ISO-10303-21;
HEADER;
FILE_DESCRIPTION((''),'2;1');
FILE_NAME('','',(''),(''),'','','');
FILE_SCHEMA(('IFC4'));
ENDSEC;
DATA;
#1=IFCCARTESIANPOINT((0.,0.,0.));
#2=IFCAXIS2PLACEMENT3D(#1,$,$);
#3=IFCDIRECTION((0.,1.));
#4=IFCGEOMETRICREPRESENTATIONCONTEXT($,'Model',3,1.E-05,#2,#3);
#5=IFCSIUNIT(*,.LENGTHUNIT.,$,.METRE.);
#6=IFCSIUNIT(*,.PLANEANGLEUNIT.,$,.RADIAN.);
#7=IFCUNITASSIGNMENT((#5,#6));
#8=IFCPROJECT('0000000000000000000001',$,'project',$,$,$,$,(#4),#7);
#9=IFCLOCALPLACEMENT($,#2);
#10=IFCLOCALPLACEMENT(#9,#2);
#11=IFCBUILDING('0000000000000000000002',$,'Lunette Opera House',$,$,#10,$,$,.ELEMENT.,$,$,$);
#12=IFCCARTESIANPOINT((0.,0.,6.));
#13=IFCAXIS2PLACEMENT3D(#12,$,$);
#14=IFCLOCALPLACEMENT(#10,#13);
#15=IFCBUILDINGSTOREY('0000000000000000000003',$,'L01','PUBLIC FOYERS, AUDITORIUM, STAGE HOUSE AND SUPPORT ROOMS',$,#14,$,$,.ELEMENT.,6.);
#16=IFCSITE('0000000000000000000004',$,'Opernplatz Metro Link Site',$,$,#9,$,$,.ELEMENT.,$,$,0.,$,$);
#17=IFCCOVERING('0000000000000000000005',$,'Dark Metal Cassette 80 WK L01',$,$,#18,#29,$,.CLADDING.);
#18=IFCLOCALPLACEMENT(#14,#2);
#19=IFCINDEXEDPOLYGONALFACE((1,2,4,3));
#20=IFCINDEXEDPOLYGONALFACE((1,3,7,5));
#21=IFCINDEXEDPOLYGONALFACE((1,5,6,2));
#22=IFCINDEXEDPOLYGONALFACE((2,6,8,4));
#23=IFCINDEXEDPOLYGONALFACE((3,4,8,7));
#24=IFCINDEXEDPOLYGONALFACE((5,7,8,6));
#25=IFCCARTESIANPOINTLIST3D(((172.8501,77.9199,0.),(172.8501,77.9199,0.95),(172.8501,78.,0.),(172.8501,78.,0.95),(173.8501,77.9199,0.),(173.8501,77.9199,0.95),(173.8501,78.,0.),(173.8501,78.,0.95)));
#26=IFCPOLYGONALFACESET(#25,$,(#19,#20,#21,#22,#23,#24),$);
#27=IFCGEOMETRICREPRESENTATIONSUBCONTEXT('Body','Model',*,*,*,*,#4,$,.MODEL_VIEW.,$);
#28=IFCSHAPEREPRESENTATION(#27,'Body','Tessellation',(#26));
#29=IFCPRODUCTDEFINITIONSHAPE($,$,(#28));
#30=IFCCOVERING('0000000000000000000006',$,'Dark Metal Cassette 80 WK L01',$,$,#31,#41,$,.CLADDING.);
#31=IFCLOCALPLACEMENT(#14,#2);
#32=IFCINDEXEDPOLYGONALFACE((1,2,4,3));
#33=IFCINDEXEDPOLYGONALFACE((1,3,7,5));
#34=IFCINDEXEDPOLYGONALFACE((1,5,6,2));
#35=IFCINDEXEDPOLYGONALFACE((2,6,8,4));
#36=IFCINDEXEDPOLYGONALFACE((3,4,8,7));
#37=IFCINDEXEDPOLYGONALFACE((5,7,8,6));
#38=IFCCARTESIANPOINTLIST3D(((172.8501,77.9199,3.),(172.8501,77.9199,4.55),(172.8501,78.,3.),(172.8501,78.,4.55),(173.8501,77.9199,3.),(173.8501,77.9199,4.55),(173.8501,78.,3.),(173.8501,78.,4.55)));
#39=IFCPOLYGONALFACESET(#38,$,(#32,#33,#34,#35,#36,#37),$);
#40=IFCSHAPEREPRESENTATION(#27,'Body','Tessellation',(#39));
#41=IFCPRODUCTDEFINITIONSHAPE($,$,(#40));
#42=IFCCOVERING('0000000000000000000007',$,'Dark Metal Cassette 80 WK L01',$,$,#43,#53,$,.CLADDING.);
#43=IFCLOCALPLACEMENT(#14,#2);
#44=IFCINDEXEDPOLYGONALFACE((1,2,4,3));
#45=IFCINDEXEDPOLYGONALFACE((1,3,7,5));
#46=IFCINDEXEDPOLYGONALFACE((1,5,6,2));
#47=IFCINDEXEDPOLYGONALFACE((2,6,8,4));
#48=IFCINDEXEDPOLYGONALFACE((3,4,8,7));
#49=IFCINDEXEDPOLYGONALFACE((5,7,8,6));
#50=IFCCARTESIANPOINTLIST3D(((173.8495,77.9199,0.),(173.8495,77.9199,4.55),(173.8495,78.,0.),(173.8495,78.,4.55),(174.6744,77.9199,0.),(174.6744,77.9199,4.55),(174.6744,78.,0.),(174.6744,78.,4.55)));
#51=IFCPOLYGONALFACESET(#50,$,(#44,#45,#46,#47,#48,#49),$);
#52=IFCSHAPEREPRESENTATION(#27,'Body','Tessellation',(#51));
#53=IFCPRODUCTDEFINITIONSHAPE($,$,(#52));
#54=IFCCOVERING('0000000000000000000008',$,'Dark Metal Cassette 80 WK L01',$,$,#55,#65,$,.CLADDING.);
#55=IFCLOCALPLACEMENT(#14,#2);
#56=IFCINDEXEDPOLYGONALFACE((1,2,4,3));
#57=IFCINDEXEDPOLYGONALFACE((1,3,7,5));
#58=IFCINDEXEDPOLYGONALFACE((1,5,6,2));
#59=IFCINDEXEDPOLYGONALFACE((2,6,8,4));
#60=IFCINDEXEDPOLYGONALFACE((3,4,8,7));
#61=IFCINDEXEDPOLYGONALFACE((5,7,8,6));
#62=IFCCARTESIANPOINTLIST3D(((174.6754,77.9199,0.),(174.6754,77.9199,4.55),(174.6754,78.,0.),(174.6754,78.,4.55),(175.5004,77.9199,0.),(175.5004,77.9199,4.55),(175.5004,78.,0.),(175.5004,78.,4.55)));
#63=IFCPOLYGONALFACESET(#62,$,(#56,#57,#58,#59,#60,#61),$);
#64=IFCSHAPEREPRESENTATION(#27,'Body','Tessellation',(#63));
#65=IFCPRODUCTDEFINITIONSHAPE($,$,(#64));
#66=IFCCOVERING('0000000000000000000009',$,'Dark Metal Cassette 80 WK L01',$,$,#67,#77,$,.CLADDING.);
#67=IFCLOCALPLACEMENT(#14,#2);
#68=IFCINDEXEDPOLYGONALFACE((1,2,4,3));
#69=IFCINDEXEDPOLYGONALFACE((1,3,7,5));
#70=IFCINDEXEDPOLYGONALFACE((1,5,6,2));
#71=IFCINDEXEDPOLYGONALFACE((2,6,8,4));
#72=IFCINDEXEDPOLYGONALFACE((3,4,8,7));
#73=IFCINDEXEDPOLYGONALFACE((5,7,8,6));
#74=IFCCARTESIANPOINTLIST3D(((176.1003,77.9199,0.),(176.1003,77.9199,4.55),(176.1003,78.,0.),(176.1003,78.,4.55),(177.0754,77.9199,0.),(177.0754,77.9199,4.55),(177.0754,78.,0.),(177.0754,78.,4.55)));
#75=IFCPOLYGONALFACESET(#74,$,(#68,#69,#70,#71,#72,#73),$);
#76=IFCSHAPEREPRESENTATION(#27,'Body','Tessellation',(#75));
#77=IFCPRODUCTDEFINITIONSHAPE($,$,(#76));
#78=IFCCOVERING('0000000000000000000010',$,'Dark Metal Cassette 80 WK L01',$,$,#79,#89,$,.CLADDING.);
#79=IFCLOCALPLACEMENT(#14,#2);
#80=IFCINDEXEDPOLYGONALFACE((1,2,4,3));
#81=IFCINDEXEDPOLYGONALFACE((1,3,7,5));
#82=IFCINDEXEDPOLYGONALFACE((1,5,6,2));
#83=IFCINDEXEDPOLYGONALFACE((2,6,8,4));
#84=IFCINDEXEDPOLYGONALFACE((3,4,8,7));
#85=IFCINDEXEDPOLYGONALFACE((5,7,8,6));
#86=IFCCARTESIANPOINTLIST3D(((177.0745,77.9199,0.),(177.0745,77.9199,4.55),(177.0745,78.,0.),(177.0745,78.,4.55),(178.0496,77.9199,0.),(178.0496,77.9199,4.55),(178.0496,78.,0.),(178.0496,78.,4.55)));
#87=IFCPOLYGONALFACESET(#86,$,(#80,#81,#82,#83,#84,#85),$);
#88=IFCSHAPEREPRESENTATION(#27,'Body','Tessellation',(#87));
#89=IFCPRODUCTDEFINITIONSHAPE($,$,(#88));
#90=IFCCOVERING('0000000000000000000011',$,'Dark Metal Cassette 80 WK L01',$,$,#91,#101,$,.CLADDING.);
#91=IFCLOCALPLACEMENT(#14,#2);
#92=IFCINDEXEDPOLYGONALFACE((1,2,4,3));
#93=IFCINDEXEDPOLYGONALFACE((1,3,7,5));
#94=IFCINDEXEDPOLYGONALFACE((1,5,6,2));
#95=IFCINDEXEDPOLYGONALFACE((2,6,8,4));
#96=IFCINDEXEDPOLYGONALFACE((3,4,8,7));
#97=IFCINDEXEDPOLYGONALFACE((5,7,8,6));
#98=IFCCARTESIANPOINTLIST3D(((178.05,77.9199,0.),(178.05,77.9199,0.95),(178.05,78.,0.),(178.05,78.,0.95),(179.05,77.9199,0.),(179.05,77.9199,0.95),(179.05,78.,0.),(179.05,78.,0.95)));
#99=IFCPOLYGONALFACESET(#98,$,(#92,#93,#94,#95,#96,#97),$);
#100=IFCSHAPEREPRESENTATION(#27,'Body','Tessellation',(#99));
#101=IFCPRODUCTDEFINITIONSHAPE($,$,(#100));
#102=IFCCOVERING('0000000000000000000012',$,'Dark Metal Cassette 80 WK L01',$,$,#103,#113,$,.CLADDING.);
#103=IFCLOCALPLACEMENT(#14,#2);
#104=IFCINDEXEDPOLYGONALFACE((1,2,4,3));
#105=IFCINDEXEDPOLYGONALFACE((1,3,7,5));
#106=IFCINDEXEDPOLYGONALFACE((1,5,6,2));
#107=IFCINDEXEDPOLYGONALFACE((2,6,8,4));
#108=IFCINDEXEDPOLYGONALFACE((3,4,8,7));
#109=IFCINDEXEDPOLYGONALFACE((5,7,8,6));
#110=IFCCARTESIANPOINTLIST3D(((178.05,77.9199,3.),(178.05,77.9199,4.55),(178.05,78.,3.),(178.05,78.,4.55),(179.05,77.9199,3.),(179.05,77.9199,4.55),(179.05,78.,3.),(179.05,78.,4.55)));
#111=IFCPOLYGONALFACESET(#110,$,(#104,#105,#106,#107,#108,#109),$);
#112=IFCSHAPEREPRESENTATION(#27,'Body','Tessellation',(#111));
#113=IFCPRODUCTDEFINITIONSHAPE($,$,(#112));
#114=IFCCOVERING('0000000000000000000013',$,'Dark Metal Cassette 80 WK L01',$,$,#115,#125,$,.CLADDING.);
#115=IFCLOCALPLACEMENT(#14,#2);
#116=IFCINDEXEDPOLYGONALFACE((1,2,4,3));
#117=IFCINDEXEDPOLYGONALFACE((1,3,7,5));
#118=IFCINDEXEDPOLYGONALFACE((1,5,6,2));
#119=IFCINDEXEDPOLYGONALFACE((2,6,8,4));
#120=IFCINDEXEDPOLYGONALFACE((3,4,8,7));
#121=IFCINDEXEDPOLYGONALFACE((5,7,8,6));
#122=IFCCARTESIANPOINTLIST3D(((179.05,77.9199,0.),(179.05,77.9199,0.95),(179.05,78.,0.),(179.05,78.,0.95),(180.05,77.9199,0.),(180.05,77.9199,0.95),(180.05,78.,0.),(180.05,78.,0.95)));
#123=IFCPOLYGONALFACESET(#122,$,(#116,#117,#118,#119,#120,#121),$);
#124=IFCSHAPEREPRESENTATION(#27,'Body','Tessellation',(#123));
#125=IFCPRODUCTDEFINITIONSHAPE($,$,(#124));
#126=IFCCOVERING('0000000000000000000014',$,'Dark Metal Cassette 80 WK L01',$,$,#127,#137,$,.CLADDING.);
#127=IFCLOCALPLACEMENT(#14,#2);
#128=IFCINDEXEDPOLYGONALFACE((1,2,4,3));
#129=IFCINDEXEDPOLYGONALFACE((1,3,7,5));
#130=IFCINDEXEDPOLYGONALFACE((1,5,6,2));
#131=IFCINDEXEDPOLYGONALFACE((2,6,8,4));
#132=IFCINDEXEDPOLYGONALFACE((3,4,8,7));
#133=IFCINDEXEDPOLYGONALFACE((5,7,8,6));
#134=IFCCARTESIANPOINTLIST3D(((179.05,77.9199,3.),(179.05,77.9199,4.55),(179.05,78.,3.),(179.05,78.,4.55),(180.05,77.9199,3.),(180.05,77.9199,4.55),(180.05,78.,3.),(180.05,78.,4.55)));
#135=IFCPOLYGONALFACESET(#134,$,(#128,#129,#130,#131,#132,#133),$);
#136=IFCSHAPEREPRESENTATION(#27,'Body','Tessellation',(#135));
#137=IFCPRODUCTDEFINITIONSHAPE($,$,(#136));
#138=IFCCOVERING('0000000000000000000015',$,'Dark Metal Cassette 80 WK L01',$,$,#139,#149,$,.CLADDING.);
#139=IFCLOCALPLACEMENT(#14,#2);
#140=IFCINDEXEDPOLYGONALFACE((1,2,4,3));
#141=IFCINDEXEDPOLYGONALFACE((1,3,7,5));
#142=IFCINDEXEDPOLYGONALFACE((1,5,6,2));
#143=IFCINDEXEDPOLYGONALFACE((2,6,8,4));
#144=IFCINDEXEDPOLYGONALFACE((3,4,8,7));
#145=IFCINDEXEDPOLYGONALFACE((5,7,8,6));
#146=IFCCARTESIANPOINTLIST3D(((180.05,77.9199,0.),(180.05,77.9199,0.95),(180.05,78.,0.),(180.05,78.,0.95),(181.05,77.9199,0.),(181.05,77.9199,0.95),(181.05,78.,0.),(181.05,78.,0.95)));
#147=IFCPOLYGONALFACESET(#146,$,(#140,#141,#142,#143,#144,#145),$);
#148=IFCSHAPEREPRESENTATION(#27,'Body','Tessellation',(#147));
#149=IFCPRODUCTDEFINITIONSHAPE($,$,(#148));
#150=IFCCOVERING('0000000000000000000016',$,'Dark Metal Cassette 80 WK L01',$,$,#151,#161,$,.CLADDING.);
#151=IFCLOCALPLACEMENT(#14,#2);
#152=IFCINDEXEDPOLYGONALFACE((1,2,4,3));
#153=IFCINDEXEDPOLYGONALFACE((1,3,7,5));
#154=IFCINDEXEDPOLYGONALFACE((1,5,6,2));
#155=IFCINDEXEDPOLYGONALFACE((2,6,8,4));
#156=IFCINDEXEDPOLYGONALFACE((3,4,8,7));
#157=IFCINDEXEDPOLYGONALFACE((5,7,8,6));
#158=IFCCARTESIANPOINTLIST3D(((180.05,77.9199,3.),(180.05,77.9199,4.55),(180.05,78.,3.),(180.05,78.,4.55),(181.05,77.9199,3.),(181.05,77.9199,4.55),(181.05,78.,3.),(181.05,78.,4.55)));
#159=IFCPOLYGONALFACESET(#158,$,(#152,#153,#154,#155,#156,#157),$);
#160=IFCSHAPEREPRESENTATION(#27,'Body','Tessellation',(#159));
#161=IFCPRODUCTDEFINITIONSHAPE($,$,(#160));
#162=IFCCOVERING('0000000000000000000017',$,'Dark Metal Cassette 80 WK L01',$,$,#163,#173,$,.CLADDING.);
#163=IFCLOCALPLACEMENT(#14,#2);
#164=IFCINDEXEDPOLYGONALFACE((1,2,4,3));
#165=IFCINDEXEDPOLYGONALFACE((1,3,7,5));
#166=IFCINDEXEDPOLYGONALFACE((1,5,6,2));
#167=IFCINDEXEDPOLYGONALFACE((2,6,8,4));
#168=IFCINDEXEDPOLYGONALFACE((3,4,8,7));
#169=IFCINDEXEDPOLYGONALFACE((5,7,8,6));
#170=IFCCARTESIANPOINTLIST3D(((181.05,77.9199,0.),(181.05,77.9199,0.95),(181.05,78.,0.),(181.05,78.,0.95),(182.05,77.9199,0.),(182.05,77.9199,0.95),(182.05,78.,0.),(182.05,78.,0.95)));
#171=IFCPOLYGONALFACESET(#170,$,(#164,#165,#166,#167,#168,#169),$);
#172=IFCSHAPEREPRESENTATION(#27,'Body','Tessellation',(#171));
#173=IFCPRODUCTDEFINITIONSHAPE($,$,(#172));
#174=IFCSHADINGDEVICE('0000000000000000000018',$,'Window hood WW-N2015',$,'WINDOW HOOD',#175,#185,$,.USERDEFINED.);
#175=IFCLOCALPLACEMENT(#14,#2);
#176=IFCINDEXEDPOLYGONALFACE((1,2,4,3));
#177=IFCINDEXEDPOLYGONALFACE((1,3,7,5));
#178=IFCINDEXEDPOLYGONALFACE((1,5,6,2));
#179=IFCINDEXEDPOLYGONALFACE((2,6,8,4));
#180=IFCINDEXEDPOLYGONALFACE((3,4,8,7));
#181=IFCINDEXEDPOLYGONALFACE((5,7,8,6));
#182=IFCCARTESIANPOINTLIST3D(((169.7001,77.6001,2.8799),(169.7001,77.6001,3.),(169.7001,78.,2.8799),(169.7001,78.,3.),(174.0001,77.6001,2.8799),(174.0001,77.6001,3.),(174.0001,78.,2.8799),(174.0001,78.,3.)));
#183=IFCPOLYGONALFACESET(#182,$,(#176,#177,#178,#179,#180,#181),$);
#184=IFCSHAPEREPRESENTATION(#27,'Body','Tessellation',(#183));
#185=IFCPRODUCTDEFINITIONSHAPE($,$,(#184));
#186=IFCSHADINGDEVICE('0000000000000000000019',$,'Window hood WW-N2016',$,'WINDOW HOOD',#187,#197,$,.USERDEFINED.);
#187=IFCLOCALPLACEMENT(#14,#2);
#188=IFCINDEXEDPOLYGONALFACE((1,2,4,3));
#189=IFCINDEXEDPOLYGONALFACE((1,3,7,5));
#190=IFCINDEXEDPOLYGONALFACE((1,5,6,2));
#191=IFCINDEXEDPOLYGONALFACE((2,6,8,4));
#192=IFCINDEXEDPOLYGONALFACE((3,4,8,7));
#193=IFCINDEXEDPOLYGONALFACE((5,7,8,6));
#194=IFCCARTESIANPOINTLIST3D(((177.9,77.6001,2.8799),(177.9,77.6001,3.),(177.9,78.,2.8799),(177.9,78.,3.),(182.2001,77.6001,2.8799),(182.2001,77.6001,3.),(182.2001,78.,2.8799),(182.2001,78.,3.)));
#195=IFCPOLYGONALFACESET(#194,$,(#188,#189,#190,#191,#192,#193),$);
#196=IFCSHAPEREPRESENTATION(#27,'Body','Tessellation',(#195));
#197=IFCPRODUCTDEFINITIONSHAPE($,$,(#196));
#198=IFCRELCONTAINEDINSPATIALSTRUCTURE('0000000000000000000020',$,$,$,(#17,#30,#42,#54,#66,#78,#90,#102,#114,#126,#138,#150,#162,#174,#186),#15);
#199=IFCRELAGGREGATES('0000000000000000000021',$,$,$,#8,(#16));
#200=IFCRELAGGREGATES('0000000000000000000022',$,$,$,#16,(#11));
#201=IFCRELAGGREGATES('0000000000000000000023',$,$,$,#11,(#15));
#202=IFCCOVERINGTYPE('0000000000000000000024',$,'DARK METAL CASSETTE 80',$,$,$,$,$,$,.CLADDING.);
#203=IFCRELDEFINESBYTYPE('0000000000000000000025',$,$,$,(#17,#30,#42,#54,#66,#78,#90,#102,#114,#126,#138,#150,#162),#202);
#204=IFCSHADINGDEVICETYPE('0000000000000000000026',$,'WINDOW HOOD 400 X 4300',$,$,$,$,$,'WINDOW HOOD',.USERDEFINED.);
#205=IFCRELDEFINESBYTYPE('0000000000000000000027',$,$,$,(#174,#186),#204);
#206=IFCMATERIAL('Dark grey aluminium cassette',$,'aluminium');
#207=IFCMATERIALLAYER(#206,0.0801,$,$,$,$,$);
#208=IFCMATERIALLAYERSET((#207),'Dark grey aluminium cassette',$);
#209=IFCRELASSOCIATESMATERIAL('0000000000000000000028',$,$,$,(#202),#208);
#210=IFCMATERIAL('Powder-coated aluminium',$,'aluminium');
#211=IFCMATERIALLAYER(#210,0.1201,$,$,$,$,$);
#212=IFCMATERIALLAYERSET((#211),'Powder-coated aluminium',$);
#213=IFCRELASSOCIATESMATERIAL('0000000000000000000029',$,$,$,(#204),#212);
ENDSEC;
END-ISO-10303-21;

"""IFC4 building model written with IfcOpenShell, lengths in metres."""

from ifc_helpers import new_model, si_unit, direction, frame, origin, origin_2d, place, context, subcontext, project, spatial, rectangle, extrude, material, layer, layer_set, type_object, element, save


model = new_model("IFC4")

# Units and contexts
model_context = context("Model", 3, precision=1e-05, world=origin(), true_north=direction((0.0, 1.0)))
body_context = subcontext(model_context, "Body", "Model", "MODEL_VIEW")
ifc_project = project(units=[si_unit("LENGTHUNIT", "METRE"), si_unit("PLANEANGLEUNIT", "RADIAN")], contexts=[model_context])

# Site, building, storey
site_placement = place(None, origin())
site = spatial("IfcSite", under=ifc_project, at=site_placement, Name="Opernplatz Metro Link Site", CompositionType="ELEMENT", RefElevation=0.0)
building_placement = place(site_placement, origin())
building = spatial("IfcBuilding", under=site, at=building_placement, Name="Lunette Opera House", CompositionType="ELEMENT")
storey_placement = place(building_placement, frame((0.0, 0.0, 6.0)))
storey = spatial("IfcBuildingStorey", under=building, at=storey_placement, Name="L01", Description="PUBLIC FOYERS, AUDITORIUM, STAGE HOUSE AND SUPPORT ROOMS", CompositionType="ELEMENT", Elevation=6.0)

# Coverings
ifc_material_1 = material(Name="Dark grey aluminium cassette", Category="aluminium")
ifc_layer_1 = layer(ifc_material_1, 0.0801)
ifc_layer_set_1 = layer_set([ifc_layer_1], Name="Dark grey aluminium cassette")
covering_type = type_object("IfcCoveringType", Name="DARK METAL CASSETTE 80", PredefinedType="CLADDING", material=ifc_layer_set_1)
covering_1_placement = place(storey_placement, frame((173.3501, 77.96, 0.0), z_axis=(0.0, 0.0, 1.0), x_axis=(1.0, 0.0, 0.0)))
element("IfcCovering", 1, at=covering_1_placement, inside=storey, type_object=covering_type, Name="Dark Metal Cassette 80 WK L01", PredefinedType="CLADDING", context=body_context, shape_type="SweptSolid", body=[
    extrude(rectangle(XDim=1.0, YDim=0.0801, at=origin_2d()), origin(), (0.0, 0.0, 1.0), 0.95),
])
covering_2_placement = place(storey_placement, frame((173.3501, 77.96, 3.0), z_axis=(0.0, 0.0, 1.0), x_axis=(1.0, 0.0, 0.0)))
element("IfcCovering", 2, at=covering_2_placement, inside=storey, type_object=covering_type, Name="Dark Metal Cassette 80 WK L01", PredefinedType="CLADDING", context=body_context, shape_type="SweptSolid", body=[
    extrude(rectangle(XDim=1.0, YDim=0.0801, at=origin_2d()), origin(), (0.0, 0.0, 1.0), 1.55),
])
for number, where, z_axis, x_axis, name in (
    (3, (174.262, 77.96, 0.0), (0.0, 0.0, 1.0), (1.0, 0.0, 0.0), "Dark Metal Cassette 80 WK L01"),
    (4, (175.0879, 77.96, 0.0), (0.0, 0.0, 1.0), (1.0, 0.0, 0.0), "Dark Metal Cassette 80 WK L01"),
):
    element("IfcCovering", number, at=place(storey_placement, frame(where, z_axis=z_axis, x_axis=x_axis)), inside=storey, type_object=covering_type, Name=name, PredefinedType="CLADDING", context=body_context, shape_type="SweptSolid", body=[
        extrude(rectangle(XDim=0.825, YDim=0.0801, at=origin_2d()), origin(), (0.0, 0.0, 1.0), 4.55),
    ])
for number, where, z_axis, x_axis, name in (
    (5, (176.5879, 77.96, 0.0), (0.0, 0.0, 1.0), (1.0, 0.0, 0.0), "Dark Metal Cassette 80 WK L01"),
    (6, (177.562, 77.96, 0.0), (0.0, 0.0, 1.0), (1.0, 0.0, 0.0), "Dark Metal Cassette 80 WK L01"),
):
    element("IfcCovering", number, at=place(storey_placement, frame(where, z_axis=z_axis, x_axis=x_axis)), inside=storey, type_object=covering_type, Name=name, PredefinedType="CLADDING", context=body_context, shape_type="SweptSolid", body=[
        extrude(rectangle(XDim=0.9751, YDim=0.0801, at=origin_2d()), origin(), (0.0, 0.0, 1.0), 4.55),
    ])
covering_3_placement = place(storey_placement, frame((178.55, 77.96, 0.0), z_axis=(0.0, 0.0, 1.0), x_axis=(1.0, 0.0, 0.0)))
element("IfcCovering", 7, at=covering_3_placement, inside=storey, type_object=covering_type, Name="Dark Metal Cassette 80 WK L01", PredefinedType="CLADDING", context=body_context, shape_type="SweptSolid", body=[
    extrude(rectangle(XDim=1.0, YDim=0.0801, at=origin_2d()), origin(), (0.0, 0.0, 1.0), 0.95),
])
covering_4_placement = place(storey_placement, frame((178.55, 77.96, 3.0), z_axis=(0.0, 0.0, 1.0), x_axis=(1.0, 0.0, 0.0)))
element("IfcCovering", 8, at=covering_4_placement, inside=storey, type_object=covering_type, Name="Dark Metal Cassette 80 WK L01", PredefinedType="CLADDING", context=body_context, shape_type="SweptSolid", body=[
    extrude(rectangle(XDim=1.0, YDim=0.0801, at=origin_2d()), origin(), (0.0, 0.0, 1.0), 1.55),
])
covering_5_placement = place(storey_placement, frame((179.55, 77.96, 0.0), z_axis=(0.0, 0.0, 1.0), x_axis=(1.0, 0.0, 0.0)))
element("IfcCovering", 9, at=covering_5_placement, inside=storey, type_object=covering_type, Name="Dark Metal Cassette 80 WK L01", PredefinedType="CLADDING", context=body_context, shape_type="SweptSolid", body=[
    extrude(rectangle(XDim=1.0, YDim=0.0801, at=origin_2d()), origin(), (0.0, 0.0, 1.0), 0.95),
])
covering_6_placement = place(storey_placement, frame((179.55, 77.96, 3.0), z_axis=(0.0, 0.0, 1.0), x_axis=(1.0, 0.0, 0.0)))
element("IfcCovering", 10, at=covering_6_placement, inside=storey, type_object=covering_type, Name="Dark Metal Cassette 80 WK L01", PredefinedType="CLADDING", context=body_context, shape_type="SweptSolid", body=[
    extrude(rectangle(XDim=1.0, YDim=0.0801, at=origin_2d()), origin(), (0.0, 0.0, 1.0), 1.55),
])
covering_7_placement = place(storey_placement, frame((180.55, 77.96, 0.0), z_axis=(0.0, 0.0, 1.0), x_axis=(1.0, 0.0, 0.0)))
element("IfcCovering", 11, at=covering_7_placement, inside=storey, type_object=covering_type, Name="Dark Metal Cassette 80 WK L01", PredefinedType="CLADDING", context=body_context, shape_type="SweptSolid", body=[
    extrude(rectangle(XDim=1.0, YDim=0.0801, at=origin_2d()), origin(), (0.0, 0.0, 1.0), 0.95),
])
covering_8_placement = place(storey_placement, frame((180.55, 77.96, 3.0), z_axis=(0.0, 0.0, 1.0), x_axis=(1.0, 0.0, 0.0)))
element("IfcCovering", 12, at=covering_8_placement, inside=storey, type_object=covering_type, Name="Dark Metal Cassette 80 WK L01", PredefinedType="CLADDING", context=body_context, shape_type="SweptSolid", body=[
    extrude(rectangle(XDim=1.0, YDim=0.0801, at=origin_2d()), origin(), (0.0, 0.0, 1.0), 1.55),
])
covering_9_placement = place(storey_placement, frame((181.55, 77.96, 0.0), z_axis=(0.0, 0.0, 1.0), x_axis=(1.0, 0.0, 0.0)))
element("IfcCovering", 13, at=covering_9_placement, inside=storey, type_object=covering_type, Name="Dark Metal Cassette 80 WK L01", PredefinedType="CLADDING", context=body_context, shape_type="SweptSolid", body=[
    extrude(rectangle(XDim=1.0, YDim=0.0801, at=origin_2d()), origin(), (0.0, 0.0, 1.0), 0.95),
])

# Shading devices
ifc_material_2 = material(Name="Powder-coated aluminium", Category="aluminium")
ifc_layer_2 = layer(ifc_material_2, 0.1201)
ifc_layer_set_2 = layer_set([ifc_layer_2], Name="Powder-coated aluminium")
shading_device_type = type_object("IfcShadingDeviceType", Name="WINDOW HOOD 400 X 4300", ElementType="WINDOW HOOD", PredefinedType="USERDEFINED", material=ifc_layer_set_2)
for number, where, z_axis, x_axis, name in (
    (14, (171.8501, 77.8, 2.8799), (0.0, 0.0, 1.0), (0.0, -1.0, 0.0), "Window hood WW-N2015"),
    (15, (180.05, 77.8, 2.8799), (0.0, 0.0, 1.0), (0.0, -1.0, 0.0), "Window hood WW-N2016"),
):
    element("IfcShadingDevice", number, at=place(storey_placement, frame(where, z_axis=z_axis, x_axis=x_axis)), inside=storey, type_object=shading_device_type, Name=name, ObjectType="WINDOW HOOD", PredefinedType="USERDEFINED", context=body_context, shape_type="SweptSolid", body=[
        extrude(rectangle(XDim=0.3999, YDim=4.3, at=origin_2d()), origin(), (0.0, 0.0, 1.0), 0.1201),
    ])

save(model, "model.ifc")
